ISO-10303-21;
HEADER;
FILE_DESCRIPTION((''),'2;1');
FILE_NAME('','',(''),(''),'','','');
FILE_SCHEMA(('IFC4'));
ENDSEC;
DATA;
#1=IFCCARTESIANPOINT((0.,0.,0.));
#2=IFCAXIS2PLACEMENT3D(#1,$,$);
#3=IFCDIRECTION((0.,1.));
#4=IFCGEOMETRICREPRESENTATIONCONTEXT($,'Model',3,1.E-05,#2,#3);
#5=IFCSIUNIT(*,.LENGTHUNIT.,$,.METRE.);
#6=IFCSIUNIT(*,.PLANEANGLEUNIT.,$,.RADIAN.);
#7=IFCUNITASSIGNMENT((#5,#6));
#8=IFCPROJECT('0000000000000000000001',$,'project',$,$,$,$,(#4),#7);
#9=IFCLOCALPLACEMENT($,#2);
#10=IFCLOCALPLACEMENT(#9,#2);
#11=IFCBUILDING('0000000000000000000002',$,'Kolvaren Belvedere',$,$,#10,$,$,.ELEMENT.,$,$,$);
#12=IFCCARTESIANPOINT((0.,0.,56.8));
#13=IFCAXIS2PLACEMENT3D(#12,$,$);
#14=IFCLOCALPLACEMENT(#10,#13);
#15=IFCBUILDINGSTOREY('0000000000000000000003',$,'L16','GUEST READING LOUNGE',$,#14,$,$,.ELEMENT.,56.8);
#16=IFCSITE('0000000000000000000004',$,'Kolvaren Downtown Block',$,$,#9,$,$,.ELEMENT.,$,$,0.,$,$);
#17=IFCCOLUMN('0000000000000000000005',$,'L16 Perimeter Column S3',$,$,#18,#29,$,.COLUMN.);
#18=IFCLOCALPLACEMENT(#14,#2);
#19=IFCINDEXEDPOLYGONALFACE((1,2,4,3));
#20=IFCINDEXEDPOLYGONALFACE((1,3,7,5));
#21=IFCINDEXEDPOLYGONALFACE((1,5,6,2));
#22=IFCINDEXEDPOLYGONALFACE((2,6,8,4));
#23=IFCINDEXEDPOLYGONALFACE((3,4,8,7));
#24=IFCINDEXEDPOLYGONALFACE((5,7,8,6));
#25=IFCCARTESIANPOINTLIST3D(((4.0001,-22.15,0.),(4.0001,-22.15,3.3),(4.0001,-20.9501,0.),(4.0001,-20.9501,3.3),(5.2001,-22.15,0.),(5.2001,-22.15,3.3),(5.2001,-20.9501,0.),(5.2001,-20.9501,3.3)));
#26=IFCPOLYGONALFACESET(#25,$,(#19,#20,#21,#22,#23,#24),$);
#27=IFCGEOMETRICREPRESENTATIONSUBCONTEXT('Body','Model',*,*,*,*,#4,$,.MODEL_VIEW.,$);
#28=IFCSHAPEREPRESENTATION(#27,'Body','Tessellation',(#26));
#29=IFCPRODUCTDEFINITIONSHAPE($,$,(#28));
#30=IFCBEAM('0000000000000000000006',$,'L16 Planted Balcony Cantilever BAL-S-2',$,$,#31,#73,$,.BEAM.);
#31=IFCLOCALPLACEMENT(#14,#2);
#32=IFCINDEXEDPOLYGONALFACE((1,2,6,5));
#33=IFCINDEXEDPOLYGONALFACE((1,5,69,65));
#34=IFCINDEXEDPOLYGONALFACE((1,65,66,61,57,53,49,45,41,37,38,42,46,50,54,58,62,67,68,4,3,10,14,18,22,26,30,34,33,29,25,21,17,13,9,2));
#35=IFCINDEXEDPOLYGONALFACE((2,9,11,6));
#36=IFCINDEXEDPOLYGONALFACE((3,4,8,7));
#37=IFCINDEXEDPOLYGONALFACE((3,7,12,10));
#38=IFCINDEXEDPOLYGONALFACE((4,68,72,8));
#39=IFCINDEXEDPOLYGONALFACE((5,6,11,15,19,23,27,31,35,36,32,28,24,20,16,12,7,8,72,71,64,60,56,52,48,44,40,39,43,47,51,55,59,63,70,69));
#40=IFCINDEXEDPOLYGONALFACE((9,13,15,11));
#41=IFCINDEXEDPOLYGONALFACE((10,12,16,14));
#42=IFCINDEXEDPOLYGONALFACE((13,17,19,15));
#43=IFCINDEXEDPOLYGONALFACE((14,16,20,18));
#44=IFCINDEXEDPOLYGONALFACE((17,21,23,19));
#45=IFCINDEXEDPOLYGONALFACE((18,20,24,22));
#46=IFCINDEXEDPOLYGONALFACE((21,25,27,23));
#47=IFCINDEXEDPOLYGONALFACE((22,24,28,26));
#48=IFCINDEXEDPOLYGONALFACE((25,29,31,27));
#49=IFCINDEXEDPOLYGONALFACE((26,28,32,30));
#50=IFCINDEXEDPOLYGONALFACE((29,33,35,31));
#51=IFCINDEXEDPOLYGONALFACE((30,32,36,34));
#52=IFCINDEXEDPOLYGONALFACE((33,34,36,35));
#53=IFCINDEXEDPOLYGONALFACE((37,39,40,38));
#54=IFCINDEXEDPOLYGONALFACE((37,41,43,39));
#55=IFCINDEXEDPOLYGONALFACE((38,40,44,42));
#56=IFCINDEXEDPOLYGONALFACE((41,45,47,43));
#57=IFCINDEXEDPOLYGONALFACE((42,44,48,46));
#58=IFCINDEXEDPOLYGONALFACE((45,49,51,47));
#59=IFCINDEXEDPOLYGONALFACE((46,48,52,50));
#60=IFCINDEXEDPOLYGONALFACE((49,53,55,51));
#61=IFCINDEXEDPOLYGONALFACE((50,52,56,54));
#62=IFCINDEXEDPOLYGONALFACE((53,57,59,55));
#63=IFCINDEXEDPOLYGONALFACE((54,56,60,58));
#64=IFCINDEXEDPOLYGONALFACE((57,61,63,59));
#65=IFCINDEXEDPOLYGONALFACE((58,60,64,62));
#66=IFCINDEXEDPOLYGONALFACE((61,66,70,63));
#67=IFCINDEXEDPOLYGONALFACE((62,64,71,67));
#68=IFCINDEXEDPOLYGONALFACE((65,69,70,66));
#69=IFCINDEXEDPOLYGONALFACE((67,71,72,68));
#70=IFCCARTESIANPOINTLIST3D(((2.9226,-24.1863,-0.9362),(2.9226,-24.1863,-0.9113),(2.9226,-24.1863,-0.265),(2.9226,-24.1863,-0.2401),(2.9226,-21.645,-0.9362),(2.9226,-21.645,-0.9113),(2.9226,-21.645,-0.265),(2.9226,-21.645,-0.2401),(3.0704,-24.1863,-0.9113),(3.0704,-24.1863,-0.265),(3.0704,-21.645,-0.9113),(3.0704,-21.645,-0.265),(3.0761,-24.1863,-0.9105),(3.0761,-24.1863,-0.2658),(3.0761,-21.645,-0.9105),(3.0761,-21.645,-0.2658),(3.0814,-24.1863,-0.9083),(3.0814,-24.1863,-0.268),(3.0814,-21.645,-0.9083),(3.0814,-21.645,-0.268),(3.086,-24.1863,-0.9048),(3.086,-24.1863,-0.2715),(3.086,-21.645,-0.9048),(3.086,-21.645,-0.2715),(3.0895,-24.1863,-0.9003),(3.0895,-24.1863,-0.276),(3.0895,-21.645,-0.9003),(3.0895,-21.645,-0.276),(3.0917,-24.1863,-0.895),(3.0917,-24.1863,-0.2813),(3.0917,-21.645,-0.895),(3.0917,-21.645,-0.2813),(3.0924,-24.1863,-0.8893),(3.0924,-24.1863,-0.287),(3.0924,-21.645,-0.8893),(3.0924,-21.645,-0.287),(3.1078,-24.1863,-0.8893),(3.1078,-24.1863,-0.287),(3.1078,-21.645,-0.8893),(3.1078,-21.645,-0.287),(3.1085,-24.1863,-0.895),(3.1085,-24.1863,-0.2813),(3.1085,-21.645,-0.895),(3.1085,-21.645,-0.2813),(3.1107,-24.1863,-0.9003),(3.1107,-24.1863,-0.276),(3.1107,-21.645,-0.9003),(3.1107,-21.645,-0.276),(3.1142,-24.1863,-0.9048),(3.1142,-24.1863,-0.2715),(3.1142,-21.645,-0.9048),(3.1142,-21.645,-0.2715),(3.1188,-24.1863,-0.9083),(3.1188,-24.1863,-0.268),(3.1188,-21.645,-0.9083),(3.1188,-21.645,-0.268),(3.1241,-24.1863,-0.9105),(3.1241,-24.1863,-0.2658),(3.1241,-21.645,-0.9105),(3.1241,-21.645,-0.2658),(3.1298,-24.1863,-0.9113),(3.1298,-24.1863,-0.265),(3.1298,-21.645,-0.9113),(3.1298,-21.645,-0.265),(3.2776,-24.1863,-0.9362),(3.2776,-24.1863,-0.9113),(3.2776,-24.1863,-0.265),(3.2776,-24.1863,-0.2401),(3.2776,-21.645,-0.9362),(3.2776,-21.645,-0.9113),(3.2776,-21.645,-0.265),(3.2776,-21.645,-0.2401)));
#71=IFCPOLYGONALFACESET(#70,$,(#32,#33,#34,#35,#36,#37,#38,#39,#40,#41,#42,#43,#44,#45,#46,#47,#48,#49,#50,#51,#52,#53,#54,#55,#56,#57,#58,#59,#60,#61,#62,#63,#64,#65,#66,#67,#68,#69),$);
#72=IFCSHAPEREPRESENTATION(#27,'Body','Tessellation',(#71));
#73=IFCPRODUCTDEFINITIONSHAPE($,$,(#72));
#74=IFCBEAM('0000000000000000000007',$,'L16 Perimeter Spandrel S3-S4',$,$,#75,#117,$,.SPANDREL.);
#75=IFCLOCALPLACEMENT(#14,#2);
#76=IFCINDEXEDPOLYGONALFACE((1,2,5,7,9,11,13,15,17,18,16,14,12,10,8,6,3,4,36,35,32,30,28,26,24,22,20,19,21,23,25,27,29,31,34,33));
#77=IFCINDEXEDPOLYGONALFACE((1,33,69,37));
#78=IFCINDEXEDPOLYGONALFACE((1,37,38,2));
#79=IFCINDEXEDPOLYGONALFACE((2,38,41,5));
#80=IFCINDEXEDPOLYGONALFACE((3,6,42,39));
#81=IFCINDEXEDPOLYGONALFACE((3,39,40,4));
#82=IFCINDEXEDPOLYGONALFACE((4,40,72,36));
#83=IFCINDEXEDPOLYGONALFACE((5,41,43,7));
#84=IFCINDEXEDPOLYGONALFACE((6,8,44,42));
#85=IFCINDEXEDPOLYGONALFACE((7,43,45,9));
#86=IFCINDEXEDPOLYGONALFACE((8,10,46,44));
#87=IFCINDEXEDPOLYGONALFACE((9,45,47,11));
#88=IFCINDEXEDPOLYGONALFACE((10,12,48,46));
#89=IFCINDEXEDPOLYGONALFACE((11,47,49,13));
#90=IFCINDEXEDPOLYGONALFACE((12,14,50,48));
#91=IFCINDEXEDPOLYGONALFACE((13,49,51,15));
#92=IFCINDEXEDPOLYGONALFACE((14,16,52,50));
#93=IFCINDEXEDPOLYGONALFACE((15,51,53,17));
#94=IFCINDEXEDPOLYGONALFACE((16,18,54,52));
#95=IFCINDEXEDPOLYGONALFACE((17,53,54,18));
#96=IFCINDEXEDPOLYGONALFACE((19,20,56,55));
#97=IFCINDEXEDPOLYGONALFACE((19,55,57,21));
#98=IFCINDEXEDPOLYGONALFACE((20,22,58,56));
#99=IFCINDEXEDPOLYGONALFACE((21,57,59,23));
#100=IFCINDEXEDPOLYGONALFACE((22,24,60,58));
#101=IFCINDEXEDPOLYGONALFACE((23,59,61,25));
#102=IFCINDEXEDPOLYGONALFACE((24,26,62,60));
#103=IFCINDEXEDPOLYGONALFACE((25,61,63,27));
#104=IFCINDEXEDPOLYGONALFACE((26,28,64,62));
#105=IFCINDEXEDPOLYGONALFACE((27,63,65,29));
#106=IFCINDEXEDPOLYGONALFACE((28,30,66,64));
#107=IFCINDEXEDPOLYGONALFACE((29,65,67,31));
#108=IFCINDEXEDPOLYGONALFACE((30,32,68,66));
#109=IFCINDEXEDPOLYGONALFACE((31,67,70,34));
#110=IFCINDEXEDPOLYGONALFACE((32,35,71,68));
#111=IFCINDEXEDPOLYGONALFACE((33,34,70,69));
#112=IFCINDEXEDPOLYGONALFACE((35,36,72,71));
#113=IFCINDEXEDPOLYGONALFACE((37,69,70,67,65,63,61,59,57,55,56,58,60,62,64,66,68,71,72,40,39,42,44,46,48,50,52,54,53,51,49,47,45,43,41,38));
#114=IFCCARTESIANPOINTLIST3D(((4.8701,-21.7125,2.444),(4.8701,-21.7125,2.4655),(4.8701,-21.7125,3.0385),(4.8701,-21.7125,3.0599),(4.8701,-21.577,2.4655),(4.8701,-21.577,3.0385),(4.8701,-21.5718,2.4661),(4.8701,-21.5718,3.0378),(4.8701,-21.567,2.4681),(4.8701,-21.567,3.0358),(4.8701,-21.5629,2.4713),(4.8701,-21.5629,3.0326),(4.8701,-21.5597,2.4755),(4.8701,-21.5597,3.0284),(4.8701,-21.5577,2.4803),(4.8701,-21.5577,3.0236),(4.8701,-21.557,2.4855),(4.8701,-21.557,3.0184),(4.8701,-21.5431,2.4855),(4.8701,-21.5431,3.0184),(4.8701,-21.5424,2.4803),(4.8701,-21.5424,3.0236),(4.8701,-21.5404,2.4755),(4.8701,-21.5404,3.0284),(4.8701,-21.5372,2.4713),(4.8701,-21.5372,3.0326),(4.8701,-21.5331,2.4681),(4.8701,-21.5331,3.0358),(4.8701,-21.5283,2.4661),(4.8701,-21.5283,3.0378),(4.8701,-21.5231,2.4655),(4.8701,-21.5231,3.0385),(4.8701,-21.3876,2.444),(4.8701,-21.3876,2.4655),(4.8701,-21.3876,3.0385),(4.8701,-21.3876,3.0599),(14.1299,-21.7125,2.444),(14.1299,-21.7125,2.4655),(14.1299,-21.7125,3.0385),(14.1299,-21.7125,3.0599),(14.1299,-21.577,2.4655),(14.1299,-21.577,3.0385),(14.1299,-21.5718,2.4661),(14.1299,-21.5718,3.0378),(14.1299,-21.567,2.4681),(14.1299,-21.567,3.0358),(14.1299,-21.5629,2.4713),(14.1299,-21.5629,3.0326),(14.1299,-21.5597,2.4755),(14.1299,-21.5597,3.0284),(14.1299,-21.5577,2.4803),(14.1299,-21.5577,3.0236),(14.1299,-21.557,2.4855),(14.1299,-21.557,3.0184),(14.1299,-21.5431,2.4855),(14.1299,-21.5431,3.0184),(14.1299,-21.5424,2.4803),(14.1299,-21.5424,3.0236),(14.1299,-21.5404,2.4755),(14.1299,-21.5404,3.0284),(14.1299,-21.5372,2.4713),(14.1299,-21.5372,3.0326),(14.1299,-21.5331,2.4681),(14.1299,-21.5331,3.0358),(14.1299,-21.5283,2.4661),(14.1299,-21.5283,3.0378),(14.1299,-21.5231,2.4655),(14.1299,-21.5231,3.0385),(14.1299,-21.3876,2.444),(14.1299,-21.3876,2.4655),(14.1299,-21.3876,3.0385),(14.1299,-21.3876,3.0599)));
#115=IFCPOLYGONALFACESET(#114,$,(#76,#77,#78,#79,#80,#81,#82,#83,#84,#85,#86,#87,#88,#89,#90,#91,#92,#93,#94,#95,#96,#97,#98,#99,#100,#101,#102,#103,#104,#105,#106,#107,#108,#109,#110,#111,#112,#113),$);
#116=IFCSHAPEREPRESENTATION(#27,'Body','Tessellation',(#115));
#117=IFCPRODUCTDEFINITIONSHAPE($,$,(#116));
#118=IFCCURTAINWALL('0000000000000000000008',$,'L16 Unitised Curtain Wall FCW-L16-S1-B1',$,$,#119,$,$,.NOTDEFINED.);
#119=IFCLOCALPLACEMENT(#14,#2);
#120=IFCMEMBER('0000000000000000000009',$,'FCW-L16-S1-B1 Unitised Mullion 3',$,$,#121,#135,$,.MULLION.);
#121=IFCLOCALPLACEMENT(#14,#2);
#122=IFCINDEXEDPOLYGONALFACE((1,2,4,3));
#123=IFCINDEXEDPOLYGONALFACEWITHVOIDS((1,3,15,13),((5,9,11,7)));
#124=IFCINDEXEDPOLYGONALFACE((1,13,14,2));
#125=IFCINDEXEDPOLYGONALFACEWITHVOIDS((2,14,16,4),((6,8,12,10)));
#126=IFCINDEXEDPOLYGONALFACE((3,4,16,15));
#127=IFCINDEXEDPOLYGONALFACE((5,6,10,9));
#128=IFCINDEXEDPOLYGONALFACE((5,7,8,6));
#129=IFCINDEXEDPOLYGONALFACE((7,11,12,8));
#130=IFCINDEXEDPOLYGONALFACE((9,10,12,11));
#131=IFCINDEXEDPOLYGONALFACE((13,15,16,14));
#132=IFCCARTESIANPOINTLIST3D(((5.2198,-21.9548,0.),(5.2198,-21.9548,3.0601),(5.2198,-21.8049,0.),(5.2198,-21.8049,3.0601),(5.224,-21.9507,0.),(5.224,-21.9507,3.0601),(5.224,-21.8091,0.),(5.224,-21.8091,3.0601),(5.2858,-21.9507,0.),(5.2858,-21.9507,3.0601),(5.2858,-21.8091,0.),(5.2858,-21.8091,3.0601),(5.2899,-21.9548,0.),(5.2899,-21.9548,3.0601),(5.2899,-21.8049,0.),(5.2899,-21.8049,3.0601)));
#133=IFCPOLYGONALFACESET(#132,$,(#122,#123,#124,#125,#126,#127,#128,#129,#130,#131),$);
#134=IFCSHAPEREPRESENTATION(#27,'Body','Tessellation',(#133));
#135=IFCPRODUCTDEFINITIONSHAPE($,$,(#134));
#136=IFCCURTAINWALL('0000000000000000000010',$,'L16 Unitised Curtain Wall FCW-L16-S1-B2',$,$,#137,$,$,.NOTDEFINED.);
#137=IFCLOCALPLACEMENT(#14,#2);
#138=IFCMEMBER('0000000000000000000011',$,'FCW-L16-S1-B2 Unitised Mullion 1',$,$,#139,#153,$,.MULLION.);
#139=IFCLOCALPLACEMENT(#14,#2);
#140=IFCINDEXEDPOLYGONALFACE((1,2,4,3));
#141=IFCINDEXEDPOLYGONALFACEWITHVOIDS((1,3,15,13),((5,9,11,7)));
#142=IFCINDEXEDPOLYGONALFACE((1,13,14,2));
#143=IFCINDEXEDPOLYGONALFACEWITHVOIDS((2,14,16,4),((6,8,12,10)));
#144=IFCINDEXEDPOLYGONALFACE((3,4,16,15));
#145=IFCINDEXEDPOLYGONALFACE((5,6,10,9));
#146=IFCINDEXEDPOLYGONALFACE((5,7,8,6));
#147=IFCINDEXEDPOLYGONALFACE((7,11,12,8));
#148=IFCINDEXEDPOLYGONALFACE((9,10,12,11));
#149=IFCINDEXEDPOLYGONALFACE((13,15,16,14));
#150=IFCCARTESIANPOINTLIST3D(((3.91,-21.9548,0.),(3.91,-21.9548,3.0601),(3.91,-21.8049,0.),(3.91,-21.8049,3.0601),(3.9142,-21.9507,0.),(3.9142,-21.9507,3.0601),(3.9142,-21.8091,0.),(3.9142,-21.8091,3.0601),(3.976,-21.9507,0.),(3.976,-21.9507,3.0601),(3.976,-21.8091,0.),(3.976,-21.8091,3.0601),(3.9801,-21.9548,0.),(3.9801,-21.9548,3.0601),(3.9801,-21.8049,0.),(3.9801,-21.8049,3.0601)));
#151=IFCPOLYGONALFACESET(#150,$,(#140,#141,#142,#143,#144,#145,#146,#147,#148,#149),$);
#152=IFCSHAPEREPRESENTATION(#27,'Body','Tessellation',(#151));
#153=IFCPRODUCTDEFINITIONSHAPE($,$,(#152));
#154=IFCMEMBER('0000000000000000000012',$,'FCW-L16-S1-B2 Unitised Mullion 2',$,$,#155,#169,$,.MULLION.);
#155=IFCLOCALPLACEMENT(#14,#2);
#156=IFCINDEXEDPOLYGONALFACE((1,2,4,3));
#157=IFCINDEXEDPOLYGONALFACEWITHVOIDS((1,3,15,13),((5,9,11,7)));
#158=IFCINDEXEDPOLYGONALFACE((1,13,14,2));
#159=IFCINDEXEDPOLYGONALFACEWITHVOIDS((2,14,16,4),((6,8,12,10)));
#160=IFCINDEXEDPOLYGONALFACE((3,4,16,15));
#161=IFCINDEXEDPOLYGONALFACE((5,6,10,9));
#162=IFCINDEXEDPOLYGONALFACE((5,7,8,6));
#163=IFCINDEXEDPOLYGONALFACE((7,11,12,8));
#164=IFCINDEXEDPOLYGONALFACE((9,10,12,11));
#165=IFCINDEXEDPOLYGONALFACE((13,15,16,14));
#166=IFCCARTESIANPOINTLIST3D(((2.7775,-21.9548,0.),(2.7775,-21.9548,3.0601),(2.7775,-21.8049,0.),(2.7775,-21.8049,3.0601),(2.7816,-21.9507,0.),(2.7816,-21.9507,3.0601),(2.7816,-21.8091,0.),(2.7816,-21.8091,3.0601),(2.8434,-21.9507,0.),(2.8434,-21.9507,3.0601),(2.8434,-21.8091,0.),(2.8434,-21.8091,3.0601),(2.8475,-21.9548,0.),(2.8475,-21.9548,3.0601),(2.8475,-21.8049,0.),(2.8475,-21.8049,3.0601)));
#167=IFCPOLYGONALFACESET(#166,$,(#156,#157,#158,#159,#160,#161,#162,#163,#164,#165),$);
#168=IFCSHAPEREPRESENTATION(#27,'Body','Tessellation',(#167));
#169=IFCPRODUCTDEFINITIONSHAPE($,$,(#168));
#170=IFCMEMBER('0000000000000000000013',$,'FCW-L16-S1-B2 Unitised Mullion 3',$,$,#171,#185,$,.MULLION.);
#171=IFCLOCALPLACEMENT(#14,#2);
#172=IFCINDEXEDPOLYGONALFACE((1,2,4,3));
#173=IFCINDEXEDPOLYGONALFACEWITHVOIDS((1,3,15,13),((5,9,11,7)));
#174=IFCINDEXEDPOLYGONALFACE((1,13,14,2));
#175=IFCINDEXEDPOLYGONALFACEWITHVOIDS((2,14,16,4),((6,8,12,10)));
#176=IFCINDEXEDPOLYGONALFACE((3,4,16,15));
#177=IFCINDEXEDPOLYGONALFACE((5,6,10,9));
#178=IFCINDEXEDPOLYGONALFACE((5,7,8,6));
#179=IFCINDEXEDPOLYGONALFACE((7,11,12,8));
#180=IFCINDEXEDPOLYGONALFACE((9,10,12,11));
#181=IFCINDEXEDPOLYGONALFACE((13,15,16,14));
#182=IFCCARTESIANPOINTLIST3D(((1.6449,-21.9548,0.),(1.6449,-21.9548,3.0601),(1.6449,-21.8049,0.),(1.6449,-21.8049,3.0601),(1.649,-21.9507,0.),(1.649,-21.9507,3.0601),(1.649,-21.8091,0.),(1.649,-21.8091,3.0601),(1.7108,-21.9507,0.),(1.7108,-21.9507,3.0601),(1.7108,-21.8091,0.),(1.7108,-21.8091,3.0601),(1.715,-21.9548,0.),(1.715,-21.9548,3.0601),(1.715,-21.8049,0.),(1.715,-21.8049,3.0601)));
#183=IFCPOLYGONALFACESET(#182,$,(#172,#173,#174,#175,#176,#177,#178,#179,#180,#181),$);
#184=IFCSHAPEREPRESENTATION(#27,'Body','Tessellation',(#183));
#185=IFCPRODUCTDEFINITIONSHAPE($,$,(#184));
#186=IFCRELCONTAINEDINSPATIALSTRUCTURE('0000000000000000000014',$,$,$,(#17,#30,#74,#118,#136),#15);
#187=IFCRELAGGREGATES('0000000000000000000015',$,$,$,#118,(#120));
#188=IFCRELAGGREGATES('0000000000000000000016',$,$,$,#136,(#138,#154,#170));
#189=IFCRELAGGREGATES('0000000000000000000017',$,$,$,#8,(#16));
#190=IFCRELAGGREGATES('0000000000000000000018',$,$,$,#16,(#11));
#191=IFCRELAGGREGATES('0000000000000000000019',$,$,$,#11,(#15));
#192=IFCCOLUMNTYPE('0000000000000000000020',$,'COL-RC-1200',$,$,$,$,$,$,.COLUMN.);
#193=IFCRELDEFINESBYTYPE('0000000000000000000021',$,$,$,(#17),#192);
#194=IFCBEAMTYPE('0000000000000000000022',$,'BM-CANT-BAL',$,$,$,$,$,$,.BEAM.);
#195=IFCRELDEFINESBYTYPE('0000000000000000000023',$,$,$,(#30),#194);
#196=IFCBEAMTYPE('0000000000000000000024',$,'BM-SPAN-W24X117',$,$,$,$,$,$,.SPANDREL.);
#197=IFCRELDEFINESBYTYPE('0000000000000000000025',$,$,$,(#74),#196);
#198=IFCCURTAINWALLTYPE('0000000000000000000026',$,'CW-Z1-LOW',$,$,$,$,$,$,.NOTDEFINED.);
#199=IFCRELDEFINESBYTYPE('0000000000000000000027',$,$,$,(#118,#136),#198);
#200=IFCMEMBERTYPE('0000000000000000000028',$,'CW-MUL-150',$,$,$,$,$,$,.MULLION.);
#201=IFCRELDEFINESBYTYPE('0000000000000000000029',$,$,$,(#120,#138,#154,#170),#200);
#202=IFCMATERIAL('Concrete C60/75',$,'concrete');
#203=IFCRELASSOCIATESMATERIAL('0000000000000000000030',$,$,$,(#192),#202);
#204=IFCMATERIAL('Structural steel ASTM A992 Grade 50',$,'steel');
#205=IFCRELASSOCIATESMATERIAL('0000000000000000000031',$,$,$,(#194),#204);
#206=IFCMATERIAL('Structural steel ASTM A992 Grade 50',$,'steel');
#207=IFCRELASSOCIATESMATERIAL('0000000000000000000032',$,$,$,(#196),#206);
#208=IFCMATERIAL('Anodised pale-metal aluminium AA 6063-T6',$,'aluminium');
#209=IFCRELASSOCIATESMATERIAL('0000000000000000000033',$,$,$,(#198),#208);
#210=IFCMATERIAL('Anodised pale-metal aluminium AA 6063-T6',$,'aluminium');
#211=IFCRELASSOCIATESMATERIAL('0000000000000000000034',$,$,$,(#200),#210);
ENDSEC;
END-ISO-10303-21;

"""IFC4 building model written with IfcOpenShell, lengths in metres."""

from ifc_helpers import new_model, si_unit, direction, frame, origin, origin_2d, place, context, subcontext, project, spatial, rectangle, hollow_rectangle, i_section, extrude, material, material_profile, profile_set, type_object, element, aggregate, save


model = new_model("IFC4")

# Units and contexts
model_context = context("Model", 3, precision=1e-05, world=origin(), true_north=direction((0.0, 1.0)))
body_context = subcontext(model_context, "Body", "Model", "MODEL_VIEW")
ifc_project = project(units=[si_unit("LENGTHUNIT", "METRE"), si_unit("PLANEANGLEUNIT", "RADIAN")], contexts=[model_context])

# Site, building, storey
site_placement = place(None, origin())
site = spatial("IfcSite", under=ifc_project, at=site_placement, Name="Kolvaren Downtown Block", CompositionType="ELEMENT", RefElevation=0.0)
building_placement = place(site_placement, origin())
building = spatial("IfcBuilding", under=site, at=building_placement, Name="Kolvaren Belvedere", CompositionType="ELEMENT")
storey_placement = place(building_placement, frame((0.0, 0.0, 56.8)))
storey = spatial("IfcBuildingStorey", under=building, at=storey_placement, Name="L16", Description="GUEST READING LOUNGE", CompositionType="ELEMENT", Elevation=56.8)

# Column
ifc_material_1 = material(Name="Concrete C60/75", Category="concrete")
ifc_material_profile_1 = material_profile(ifc_material_1, rectangle(XDim=1.2, YDim=1.2, at=origin_2d()), Name="RC 1200X1200")
ifc_profile_set_1 = profile_set([ifc_material_profile_1], Name="Concrete C60/75")
column_type = type_object("IfcColumnType", Name="COL-RC-1200", PredefinedType="COLUMN", material=ifc_profile_set_1)
column_placement = place(storey_placement, frame((4.6001, -21.55, 0.0), z_axis=(0.0, 0.0, 1.0), x_axis=(1.0, 0.0, 0.0)))
element("IfcColumn", 1, at=column_placement, inside=storey, type_object=column_type, Name="L16 Perimeter Column S3", PredefinedType="COLUMN", context=body_context, shape_type="SweptSolid", body=[
    extrude(rectangle(XDim=1.2, YDim=1.2, at=origin_2d()), origin(), (0.0, 0.0, 1.0), 3.3),
])

# Beams
ifc_material_2 = material(Name="Structural steel ASTM A992 Grade 50", Category="steel")
ifc_material_profile_2 = material_profile(ifc_material_2, i_section(OverallWidth=0.355, OverallDepth=0.696, WebThickness=0.0154, FlangeThickness=0.0249, FilletRadius=0.022, at=origin_2d()), Name="W27X146")
ifc_profile_set_2 = profile_set([ifc_material_profile_2], Name="Structural steel ASTM A992 Grade 50")
beam_type_1 = type_object("IfcBeamType", Name="BM-CANT-BAL", PredefinedType="BEAM", material=ifc_profile_set_2)
beam_1_placement = place(storey_placement, frame((3.1001, -21.645, -0.5881), z_axis=(0.0, -1.0, 0.0), x_axis=(1.0, 0.0, 0.0)))
element("IfcBeam", 2, at=beam_1_placement, inside=storey, type_object=beam_type_1, Name="L16 Planted Balcony Cantilever BAL-S-2", PredefinedType="BEAM", context=body_context, shape_type="SweptSolid", body=[
    extrude(i_section(OverallWidth=0.355, OverallDepth=0.696, WebThickness=0.0154, FlangeThickness=0.0249, FilletRadius=0.022, at=origin_2d()), origin(), (0.0, 0.0, 1.0), 2.5413),
])
ifc_material_3 = material(Name="Structural steel ASTM A992 Grade 50", Category="steel")
ifc_material_profile_3 = material_profile(ifc_material_3, i_section(OverallWidth=0.325, OverallDepth=0.616, WebThickness=0.0139, FlangeThickness=0.0215, FilletRadius=0.02, at=origin_2d()), Name="W24X117")
ifc_profile_set_3 = profile_set([ifc_material_profile_3], Name="Structural steel ASTM A992 Grade 50")
beam_type_2 = type_object("IfcBeamType", Name="BM-SPAN-W24X117", PredefinedType="SPANDREL", material=ifc_profile_set_3)
beam_2_placement = place(storey_placement, frame((4.8701, -21.55, 2.752), z_axis=(1.0, 0.0, 0.0), x_axis=(0.0, 1.0, 0.0)))
element("IfcBeam", 3, at=beam_2_placement, inside=storey, type_object=beam_type_2, Name="L16 Perimeter Spandrel S3-S4", PredefinedType="SPANDREL", context=body_context, shape_type="SweptSolid", body=[
    extrude(i_section(OverallWidth=0.325, OverallDepth=0.616, WebThickness=0.0139, FlangeThickness=0.0215, FilletRadius=0.02, at=origin_2d()), origin(), (0.0, 0.0, 1.0), 9.2598),
])

# Curtain wall, member
ifc_material_4 = material(Name="Anodised pale-metal aluminium AA 6063-T6", Category="aluminium")
curtain_wall_type = type_object("IfcCurtainWallType", Name="CW-Z1-LOW", PredefinedType="NOTDEFINED", material=ifc_material_4)
curtain_wall_1_placement = place(storey_placement, origin())
curtain_wall_1 = element("IfcCurtainWall", 4, at=curtain_wall_1_placement, inside=storey, type_object=curtain_wall_type, Name="L16 Unitised Curtain Wall FCW-L16-S1-B1", PredefinedType="NOTDEFINED")
ifc_material_5 = material(Name="Anodised pale-metal aluminium AA 6063-T6", Category="aluminium")
ifc_material_profile_4 = material_profile(ifc_material_5, hollow_rectangle(XDim=0.0701, YDim=0.1499, WallThickness=0.0042, at=origin_2d()), Name="ALU-MUL-150X70")
ifc_profile_set_4 = profile_set([ifc_material_profile_4], Name="Anodised pale-metal aluminium AA 6063-T6")
member_type_1 = type_object("IfcMemberType", Name="CW-MUL-150", PredefinedType="MULLION", material=ifc_profile_set_4)
member_1_placement = place(storey_placement, frame((5.2549, -21.8799, 0.0), z_axis=(0.0, 0.0, 1.0), x_axis=(1.0, 0.0, 0.0)))
member_1 = element("IfcMember", 5, at=member_1_placement, type_object=member_type_1, Name="FCW-L16-S1-B1 Unitised Mullion 3", PredefinedType="MULLION", context=body_context, shape_type="SweptSolid", body=[
    extrude(hollow_rectangle(XDim=0.0701, YDim=0.1499, WallThickness=0.0042, at=origin_2d()), origin(), (0.0, 0.0, 1.0), 3.0601),
])
aggregate(curtain_wall_1, [member_1])

# Curtain wall, members
curtain_wall_2_placement = place(storey_placement, origin())
curtain_wall_2 = element("IfcCurtainWall", 6, at=curtain_wall_2_placement, inside=storey, type_object=curtain_wall_type, Name="L16 Unitised Curtain Wall FCW-L16-S1-B2", PredefinedType="NOTDEFINED")
member_2_placement = place(storey_placement, frame((3.9451, -21.8799, 0.0), z_axis=(0.0, 0.0, 1.0), x_axis=(1.0, 0.0, 0.0)))
member_2 = element("IfcMember", 7, at=member_2_placement, type_object=member_type_1, Name="FCW-L16-S1-B2 Unitised Mullion 1", PredefinedType="MULLION", context=body_context, shape_type="SweptSolid", body=[
    extrude(hollow_rectangle(XDim=0.0701, YDim=0.1499, WallThickness=0.0042, at=origin_2d()), origin(), (0.0, 0.0, 1.0), 3.0601),
])
member_3_placement = place(storey_placement, frame((2.8125, -21.8799, 0.0), z_axis=(0.0, 0.0, 1.0), x_axis=(1.0, 0.0, 0.0)))
member_3 = element("IfcMember", 8, at=member_3_placement, type_object=member_type_1, Name="FCW-L16-S1-B2 Unitised Mullion 2", PredefinedType="MULLION", context=body_context, shape_type="SweptSolid", body=[
    extrude(hollow_rectangle(XDim=0.0701, YDim=0.1499, WallThickness=0.0042, at=origin_2d()), origin(), (0.0, 0.0, 1.0), 3.0601),
])
member_4_placement = place(storey_placement, frame((1.6799, -21.8799, 0.0), z_axis=(0.0, 0.0, 1.0), x_axis=(1.0, 0.0, 0.0)))
member_4 = element("IfcMember", 9, at=member_4_placement, type_object=member_type_1, Name="FCW-L16-S1-B2 Unitised Mullion 3", PredefinedType="MULLION", context=body_context, shape_type="SweptSolid", body=[
    extrude(hollow_rectangle(XDim=0.0701, YDim=0.1499, WallThickness=0.0042, at=origin_2d()), origin(), (0.0, 0.0, 1.0), 3.0601),
])

aggregate(curtain_wall_2, [member_2, member_3, member_4])

save(model, "model.ifc")
